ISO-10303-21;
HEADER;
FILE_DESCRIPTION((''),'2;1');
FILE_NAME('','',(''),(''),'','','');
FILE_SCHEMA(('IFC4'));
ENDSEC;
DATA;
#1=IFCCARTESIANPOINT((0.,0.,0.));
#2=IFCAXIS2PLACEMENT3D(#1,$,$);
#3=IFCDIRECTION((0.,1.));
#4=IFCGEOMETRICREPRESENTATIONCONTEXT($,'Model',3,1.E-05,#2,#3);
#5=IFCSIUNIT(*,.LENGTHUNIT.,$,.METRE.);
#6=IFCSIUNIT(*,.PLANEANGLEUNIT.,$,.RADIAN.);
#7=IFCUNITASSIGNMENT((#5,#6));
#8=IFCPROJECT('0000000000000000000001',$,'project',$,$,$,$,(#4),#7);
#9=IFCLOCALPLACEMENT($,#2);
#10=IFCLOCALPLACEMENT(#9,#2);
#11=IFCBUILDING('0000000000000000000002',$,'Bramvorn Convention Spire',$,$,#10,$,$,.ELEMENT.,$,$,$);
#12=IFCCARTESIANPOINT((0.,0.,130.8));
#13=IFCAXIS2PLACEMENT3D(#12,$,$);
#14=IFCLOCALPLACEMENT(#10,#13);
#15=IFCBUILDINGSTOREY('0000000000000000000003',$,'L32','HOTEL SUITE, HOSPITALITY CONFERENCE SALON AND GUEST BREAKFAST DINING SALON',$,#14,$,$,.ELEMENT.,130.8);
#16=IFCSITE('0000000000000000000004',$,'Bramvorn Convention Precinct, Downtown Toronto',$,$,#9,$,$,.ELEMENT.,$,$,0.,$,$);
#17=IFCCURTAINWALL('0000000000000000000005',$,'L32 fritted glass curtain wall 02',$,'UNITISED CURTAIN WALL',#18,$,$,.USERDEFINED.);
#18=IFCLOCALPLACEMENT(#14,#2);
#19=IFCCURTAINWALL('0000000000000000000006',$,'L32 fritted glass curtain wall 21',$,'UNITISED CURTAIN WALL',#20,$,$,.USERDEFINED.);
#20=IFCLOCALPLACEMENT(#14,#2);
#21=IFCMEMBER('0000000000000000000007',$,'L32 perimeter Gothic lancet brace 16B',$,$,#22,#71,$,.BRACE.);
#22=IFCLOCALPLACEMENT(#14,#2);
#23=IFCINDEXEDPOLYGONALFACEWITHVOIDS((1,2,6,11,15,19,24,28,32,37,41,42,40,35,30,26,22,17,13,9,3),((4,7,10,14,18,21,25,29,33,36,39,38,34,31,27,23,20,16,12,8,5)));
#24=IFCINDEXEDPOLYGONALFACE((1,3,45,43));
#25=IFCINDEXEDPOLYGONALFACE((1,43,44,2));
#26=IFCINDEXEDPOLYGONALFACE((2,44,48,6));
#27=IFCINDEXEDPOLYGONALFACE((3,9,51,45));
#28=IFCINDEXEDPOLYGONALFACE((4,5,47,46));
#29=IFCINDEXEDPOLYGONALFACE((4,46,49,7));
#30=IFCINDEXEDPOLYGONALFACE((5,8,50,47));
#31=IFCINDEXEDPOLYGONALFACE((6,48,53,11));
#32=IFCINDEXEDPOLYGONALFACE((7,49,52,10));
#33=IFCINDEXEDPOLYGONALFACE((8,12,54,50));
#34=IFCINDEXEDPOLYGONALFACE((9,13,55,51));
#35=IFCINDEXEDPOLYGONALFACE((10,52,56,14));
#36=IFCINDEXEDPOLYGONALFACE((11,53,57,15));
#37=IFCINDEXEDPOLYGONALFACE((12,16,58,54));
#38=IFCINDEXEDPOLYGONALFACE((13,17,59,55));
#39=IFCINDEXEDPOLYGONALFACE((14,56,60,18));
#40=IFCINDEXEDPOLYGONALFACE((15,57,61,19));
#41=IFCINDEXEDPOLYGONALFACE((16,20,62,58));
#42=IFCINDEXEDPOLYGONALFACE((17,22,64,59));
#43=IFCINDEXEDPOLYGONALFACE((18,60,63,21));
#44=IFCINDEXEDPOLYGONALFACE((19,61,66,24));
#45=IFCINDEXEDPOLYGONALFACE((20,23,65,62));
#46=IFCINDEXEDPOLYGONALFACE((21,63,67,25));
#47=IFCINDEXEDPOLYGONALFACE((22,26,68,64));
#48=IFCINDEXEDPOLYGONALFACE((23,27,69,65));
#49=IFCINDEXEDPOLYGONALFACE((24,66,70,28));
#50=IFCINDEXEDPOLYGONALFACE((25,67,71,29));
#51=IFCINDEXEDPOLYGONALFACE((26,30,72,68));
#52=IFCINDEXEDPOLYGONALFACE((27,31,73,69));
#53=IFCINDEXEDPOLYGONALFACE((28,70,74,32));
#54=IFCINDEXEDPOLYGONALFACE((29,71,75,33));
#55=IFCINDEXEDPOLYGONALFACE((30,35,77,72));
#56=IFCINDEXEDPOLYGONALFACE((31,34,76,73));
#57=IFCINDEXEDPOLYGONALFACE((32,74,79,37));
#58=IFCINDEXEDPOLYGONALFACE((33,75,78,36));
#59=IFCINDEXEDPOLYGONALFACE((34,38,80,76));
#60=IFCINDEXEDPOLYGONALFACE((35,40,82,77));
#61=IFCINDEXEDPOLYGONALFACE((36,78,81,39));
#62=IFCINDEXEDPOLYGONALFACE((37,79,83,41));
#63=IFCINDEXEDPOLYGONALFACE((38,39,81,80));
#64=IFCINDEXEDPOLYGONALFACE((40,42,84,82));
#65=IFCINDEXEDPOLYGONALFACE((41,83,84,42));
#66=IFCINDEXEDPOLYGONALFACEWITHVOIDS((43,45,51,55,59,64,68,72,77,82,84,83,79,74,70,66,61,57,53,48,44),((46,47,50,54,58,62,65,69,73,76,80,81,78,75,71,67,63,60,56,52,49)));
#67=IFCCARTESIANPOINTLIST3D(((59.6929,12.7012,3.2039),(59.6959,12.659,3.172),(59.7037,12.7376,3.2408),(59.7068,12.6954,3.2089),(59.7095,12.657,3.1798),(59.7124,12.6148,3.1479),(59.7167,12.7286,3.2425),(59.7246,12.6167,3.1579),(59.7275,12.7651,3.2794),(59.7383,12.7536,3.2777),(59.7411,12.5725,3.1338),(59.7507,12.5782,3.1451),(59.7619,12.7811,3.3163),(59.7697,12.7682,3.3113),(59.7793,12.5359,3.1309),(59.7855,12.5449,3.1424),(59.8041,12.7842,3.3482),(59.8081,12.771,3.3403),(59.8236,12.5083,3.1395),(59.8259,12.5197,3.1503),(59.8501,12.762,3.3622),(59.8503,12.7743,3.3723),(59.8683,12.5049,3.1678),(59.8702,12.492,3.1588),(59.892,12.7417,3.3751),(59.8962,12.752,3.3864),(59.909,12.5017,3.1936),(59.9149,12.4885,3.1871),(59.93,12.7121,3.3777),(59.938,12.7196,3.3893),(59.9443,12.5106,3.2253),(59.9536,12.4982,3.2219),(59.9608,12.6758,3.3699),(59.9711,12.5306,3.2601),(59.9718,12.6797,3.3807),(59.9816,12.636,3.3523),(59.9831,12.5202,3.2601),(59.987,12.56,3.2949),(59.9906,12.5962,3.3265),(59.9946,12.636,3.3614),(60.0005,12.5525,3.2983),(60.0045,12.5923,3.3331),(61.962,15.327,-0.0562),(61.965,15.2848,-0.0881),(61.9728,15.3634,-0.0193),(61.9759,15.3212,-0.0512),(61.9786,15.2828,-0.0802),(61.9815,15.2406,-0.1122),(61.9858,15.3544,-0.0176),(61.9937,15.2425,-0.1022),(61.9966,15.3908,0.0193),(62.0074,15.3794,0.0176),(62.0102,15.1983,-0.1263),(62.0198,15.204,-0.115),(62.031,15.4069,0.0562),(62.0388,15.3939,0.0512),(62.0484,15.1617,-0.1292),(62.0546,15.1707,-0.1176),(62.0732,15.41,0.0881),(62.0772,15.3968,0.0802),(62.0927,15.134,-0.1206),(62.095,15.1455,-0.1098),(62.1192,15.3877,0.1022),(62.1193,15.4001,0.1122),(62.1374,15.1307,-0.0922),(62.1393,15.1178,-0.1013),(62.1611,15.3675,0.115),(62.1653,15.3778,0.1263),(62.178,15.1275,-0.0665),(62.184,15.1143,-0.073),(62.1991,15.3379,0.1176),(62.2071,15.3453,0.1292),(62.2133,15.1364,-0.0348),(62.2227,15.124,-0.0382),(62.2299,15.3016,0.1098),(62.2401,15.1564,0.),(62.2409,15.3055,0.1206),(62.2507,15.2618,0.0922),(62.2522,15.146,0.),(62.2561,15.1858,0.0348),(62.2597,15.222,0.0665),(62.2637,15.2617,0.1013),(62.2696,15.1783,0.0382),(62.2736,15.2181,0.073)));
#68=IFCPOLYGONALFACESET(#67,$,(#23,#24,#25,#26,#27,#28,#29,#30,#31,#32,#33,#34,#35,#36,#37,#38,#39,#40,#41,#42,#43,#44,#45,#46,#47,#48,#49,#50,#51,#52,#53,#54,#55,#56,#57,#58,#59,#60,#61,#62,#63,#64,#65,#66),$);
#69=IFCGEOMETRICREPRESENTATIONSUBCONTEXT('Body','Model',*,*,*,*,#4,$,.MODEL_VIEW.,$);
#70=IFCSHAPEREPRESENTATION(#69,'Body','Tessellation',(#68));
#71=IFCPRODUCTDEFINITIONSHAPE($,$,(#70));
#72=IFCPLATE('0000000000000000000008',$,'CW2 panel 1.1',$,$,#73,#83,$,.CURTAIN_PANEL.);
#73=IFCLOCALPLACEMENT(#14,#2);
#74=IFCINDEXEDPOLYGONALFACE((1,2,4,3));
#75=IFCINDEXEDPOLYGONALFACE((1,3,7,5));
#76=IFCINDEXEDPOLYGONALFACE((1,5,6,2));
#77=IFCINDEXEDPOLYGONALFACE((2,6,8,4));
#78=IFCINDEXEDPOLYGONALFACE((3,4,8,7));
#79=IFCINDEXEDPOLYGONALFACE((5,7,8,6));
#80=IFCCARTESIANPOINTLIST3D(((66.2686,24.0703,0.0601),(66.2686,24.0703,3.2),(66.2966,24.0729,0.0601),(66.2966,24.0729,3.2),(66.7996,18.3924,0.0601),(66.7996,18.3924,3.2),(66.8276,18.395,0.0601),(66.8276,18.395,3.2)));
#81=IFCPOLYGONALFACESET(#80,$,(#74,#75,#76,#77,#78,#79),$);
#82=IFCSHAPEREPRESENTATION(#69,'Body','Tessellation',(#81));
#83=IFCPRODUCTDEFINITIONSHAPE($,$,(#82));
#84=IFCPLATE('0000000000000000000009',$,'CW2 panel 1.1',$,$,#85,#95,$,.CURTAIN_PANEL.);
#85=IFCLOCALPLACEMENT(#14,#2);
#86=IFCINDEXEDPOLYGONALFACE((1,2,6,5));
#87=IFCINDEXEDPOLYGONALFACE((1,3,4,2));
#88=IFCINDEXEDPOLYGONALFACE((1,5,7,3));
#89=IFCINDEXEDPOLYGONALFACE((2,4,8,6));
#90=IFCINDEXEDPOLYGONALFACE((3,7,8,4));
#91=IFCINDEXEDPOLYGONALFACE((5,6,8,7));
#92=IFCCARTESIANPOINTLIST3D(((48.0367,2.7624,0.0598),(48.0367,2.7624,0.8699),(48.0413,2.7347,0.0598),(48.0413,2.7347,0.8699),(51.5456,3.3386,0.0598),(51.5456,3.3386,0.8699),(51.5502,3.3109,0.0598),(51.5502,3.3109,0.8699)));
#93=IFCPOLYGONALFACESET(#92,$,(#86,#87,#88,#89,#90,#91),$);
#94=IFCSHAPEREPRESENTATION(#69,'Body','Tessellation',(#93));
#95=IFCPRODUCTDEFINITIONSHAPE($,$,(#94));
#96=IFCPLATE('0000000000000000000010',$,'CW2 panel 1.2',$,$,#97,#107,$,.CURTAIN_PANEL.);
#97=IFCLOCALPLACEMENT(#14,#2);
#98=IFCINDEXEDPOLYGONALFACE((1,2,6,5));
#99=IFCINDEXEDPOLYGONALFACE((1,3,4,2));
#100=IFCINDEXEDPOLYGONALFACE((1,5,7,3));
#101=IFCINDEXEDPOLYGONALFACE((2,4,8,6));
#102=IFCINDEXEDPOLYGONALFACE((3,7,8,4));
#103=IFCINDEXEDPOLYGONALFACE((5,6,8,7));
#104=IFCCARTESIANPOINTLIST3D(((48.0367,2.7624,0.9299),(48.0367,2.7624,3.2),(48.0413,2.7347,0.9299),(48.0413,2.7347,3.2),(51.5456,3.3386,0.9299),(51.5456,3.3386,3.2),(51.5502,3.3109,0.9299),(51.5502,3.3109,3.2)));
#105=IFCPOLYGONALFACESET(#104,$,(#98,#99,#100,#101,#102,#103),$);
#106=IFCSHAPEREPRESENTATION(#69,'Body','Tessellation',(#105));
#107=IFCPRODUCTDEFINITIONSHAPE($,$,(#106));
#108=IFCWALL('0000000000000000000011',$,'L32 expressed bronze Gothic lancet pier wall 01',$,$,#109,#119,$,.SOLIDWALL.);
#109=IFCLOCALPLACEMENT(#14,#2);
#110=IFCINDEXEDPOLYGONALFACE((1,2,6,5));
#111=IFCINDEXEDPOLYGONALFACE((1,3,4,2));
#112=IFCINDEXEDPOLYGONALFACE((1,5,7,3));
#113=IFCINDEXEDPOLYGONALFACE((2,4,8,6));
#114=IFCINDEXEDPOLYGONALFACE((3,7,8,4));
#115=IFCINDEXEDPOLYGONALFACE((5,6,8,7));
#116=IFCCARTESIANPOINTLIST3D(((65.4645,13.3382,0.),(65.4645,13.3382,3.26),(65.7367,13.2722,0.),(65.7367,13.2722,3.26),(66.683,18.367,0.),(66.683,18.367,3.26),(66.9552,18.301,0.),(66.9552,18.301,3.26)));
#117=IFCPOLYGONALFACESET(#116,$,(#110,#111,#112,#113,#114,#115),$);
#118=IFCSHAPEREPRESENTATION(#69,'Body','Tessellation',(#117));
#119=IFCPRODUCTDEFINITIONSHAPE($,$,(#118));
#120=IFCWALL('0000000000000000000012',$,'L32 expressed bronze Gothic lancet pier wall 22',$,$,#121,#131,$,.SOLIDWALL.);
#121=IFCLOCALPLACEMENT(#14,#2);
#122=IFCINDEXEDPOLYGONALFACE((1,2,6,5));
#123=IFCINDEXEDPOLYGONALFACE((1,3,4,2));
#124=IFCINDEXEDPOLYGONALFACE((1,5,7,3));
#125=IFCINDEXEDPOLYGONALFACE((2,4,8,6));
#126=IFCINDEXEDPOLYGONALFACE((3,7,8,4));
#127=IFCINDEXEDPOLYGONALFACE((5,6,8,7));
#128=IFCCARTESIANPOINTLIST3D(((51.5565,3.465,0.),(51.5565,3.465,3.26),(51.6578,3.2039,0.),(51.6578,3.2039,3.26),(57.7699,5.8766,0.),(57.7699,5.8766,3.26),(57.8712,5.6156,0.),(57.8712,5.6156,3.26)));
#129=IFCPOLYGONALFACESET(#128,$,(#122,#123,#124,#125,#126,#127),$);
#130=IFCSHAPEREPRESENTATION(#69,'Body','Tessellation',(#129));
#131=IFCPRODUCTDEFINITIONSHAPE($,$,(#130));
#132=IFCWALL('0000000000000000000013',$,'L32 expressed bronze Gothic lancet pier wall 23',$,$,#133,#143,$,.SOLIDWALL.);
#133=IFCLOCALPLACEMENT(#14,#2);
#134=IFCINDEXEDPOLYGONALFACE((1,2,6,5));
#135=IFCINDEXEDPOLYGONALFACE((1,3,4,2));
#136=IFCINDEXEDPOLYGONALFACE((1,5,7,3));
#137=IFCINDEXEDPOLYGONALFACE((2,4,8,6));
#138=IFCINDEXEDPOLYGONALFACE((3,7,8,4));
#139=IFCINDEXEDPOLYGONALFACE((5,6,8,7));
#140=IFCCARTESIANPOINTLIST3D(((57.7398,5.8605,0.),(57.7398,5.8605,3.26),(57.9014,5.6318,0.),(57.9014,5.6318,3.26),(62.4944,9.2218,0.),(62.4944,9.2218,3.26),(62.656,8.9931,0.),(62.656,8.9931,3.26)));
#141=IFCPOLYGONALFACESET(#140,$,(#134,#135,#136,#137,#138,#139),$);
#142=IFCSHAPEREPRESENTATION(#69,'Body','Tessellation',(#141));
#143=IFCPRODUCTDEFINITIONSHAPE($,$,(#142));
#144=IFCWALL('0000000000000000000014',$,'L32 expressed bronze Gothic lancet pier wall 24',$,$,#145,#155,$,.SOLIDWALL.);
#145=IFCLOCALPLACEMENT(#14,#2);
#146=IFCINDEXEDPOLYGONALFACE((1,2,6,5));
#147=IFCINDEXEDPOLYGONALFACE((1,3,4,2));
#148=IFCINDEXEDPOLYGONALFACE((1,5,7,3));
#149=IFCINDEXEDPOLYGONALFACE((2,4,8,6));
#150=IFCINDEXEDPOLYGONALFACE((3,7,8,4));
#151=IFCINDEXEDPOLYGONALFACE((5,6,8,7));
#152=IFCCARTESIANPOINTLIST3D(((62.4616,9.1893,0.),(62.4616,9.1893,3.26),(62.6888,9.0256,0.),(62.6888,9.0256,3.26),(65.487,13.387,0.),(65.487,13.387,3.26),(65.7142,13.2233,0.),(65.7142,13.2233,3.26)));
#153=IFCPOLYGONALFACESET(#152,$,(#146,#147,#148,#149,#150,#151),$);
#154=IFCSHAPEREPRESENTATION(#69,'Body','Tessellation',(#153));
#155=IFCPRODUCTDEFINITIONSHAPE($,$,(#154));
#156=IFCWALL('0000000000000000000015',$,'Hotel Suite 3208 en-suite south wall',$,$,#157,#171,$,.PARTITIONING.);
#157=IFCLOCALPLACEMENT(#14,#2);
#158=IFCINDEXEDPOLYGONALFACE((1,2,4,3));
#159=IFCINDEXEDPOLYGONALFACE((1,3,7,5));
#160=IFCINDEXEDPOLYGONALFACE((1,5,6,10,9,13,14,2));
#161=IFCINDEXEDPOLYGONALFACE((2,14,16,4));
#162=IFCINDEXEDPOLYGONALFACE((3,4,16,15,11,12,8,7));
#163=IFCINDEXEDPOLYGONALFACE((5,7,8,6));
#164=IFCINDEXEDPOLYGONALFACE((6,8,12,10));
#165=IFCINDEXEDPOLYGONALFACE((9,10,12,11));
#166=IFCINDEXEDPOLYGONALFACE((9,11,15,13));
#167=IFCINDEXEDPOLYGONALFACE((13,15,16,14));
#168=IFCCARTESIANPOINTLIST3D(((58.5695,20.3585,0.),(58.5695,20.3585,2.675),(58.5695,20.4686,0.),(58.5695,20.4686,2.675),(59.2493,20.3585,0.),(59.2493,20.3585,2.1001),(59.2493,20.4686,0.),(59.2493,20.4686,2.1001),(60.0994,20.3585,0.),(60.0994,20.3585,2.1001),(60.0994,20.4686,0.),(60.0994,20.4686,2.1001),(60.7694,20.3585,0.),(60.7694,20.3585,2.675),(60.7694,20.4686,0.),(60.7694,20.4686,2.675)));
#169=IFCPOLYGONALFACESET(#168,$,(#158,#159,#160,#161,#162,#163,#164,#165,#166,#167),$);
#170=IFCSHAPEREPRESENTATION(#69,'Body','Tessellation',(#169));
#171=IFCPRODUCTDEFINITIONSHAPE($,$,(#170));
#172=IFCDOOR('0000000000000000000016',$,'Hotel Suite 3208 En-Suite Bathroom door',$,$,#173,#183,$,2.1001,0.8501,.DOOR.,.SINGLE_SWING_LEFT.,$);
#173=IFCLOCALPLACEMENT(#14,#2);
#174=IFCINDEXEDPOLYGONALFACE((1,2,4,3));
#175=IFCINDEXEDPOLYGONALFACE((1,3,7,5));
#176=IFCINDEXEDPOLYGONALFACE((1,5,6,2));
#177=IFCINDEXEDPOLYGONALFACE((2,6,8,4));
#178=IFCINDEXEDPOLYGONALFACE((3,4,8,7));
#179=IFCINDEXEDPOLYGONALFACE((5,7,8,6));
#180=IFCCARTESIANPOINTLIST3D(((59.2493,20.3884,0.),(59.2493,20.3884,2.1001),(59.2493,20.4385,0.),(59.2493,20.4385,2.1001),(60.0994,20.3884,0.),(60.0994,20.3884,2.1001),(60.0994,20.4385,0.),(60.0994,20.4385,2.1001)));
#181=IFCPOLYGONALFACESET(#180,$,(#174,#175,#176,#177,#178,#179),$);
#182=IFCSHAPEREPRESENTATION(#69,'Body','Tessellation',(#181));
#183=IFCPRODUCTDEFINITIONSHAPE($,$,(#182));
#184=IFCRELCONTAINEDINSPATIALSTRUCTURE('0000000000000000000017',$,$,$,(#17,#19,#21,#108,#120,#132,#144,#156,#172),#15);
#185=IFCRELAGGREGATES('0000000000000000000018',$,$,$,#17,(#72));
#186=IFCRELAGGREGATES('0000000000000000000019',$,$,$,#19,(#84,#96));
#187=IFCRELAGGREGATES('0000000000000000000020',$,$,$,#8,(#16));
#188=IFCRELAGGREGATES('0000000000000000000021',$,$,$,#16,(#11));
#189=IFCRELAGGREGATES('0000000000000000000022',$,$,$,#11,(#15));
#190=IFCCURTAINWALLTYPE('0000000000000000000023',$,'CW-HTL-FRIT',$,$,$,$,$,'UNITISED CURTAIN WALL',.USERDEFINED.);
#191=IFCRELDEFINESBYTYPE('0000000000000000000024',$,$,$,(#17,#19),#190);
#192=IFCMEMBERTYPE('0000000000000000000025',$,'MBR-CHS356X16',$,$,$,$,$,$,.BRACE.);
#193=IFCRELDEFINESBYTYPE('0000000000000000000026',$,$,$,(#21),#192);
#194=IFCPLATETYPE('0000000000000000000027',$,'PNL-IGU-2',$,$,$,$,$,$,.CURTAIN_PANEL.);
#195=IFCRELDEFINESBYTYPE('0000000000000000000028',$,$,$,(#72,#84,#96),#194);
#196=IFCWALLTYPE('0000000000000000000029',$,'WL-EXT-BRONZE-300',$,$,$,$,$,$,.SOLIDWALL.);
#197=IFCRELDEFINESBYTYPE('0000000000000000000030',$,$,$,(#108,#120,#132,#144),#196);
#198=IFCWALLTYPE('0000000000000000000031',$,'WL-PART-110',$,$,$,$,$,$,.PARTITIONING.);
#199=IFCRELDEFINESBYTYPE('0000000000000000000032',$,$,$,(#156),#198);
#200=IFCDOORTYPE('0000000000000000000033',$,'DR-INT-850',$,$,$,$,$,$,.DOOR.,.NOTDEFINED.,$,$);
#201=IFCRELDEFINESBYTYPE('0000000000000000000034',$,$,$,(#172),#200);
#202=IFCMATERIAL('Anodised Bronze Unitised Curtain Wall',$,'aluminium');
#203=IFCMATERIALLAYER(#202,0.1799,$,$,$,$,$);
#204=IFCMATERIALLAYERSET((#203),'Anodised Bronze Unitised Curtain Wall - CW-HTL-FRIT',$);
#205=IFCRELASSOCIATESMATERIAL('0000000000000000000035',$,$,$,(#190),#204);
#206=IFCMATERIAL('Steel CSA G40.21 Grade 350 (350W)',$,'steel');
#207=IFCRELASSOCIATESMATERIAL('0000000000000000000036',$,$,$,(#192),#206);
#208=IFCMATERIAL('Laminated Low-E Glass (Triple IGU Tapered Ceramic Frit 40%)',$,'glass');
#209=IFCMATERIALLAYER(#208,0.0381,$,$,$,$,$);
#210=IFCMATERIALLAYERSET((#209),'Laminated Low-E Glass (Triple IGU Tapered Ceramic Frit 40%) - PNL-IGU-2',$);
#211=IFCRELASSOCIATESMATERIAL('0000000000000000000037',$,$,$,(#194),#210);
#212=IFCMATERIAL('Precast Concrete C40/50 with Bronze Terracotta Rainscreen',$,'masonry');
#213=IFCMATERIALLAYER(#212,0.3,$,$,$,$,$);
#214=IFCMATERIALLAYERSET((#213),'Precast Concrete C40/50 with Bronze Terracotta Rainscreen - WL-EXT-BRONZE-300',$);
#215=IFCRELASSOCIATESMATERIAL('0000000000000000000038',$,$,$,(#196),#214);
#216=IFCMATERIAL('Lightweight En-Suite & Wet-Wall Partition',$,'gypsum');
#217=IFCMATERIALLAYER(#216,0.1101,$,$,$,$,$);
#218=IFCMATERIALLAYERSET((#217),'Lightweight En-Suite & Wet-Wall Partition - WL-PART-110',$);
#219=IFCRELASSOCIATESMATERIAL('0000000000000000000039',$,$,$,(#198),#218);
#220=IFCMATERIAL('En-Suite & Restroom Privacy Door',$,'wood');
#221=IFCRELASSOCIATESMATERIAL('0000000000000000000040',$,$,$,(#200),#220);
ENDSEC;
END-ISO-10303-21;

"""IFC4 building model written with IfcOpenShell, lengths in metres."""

from ifc_helpers import new_model, si_unit, direction, frame, frame_2d, origin, origin_2d, place, context, subcontext, project, spatial, rectangle, hollow_circle, extrude, material, layer, layer_set, material_profile, profile_set, type_object, element, fill, aggregate, save


model = new_model("IFC4")

# Units and contexts
model_context = context("Model", 3, precision=1e-05, world=origin(), true_north=direction((0.0, 1.0)))
body_context = subcontext(model_context, "Body", "Model", "MODEL_VIEW")
ifc_project = project(units=[si_unit("LENGTHUNIT", "METRE"), si_unit("PLANEANGLEUNIT", "RADIAN")], contexts=[model_context])

# Site, building, storey
site_placement = place(None, origin())
site = spatial("IfcSite", under=ifc_project, at=site_placement, Name="Bramvorn Convention Precinct, Downtown Toronto", CompositionType="ELEMENT", RefElevation=0.0)
building_placement = place(site_placement, origin())
building = spatial("IfcBuilding", under=site, at=building_placement, Name="Bramvorn Convention Spire", CompositionType="ELEMENT")
storey_placement = place(building_placement, frame((0.0, 0.0, 130.8)))
storey = spatial("IfcBuildingStorey", under=building, at=storey_placement, Name="L32", Description="HOTEL SUITE, HOSPITALITY CONFERENCE SALON AND GUEST BREAKFAST DINING SALON", CompositionType="ELEMENT", Elevation=130.8)

# Shared definitions
ifc_material_1 = material(Name="Steel CSA G40.21 Grade 350 (350W)", Category="steel")

# Curtain wall
ifc_material_2 = material(Name="Anodised Bronze Unitised Curtain Wall", Category="aluminium")
ifc_layer_1 = layer(ifc_material_2, 0.1799)
ifc_layer_set_1 = layer_set([ifc_layer_1], Name="Anodised Bronze Unitised Curtain Wall - CW-HTL-FRIT")
curtain_wall_type = type_object("IfcCurtainWallType", Name="CW-HTL-FRIT", ElementType="UNITISED CURTAIN WALL", PredefinedType="USERDEFINED", material=ifc_layer_set_1)
curtain_wall_1_placement = place(storey_placement, origin())
curtain_wall_1 = element("IfcCurtainWall", 1, at=curtain_wall_1_placement, inside=storey, type_object=curtain_wall_type, Name="L32 fritted glass curtain wall 02", ObjectType="UNITISED CURTAIN WALL", PredefinedType="USERDEFINED")

# Curtain wall
curtain_wall_2_placement = place(storey_placement, origin())
curtain_wall_2 = element("IfcCurtainWall", 2, at=curtain_wall_2_placement, inside=storey, type_object=curtain_wall_type, Name="L32 fritted glass curtain wall 21", ObjectType="UNITISED CURTAIN WALL", PredefinedType="USERDEFINED")

# Member
ifc_material_profile_1 = material_profile(ifc_material_1, hollow_circle(Radius=0.1777, WallThickness=0.0159, at=origin_2d()))
ifc_profile_set_1 = profile_set([ifc_material_profile_1], Name="Steel CSA G40.21 Grade 350 (350W) - CHS356X16")
member_type_1 = type_object("IfcMemberType", Name="MBR-CHS356X16", PredefinedType="BRACE", material=ifc_profile_set_1)
member_1_placement = place(storey_placement, frame((62.1177, 15.2622, 0.0), z_axis=(-0.476552, -0.551465, 0.684678), x_axis=(0.756628, -0.653845, 0.0)))
element("IfcMember", 3, at=member_1_placement, inside=storey, type_object=member_type_1, Name="L32 perimeter Gothic lancet brace 16B", PredefinedType="BRACE", context=body_context, shape_type="SweptSolid", body=[
    extrude(hollow_circle(Radius=0.1777, WallThickness=0.0159, at=origin_2d()), origin(), (0.0, 0.0, 1.0), 4.7615),
])

# Plates
ifc_material_3 = material(Name="Laminated Low-E Glass (Triple IGU Tapered Ceramic Frit 40%)", Category="glass")
ifc_layer_2 = layer(ifc_material_3, 0.0381)
ifc_layer_set_2 = layer_set([ifc_layer_2], Name="Laminated Low-E Glass (Triple IGU Tapered Ceramic Frit 40%) - PNL-IGU-2")
plate_type = type_object("IfcPlateType", Name="PNL-IGU-2", PredefinedType="CURTAIN_PANEL", material=ifc_layer_set_2)
plate_1_placement = place(storey_placement, frame((66.5481, 21.2327, 0.0601), z_axis=(0.0, 0.0, 1.0), x_axis=(0.093118, -0.995655, 0.0)))
plate_1 = element("IfcPlate", 4, at=plate_1_placement, type_object=plate_type, Name="CW2 panel 1.1", PredefinedType="CURTAIN_PANEL", context=body_context, shape_type="SweptSolid", body=[
    extrude(rectangle(XDim=5.7026, YDim=0.0281, at=origin_2d()), origin(), (0.0, 0.0, 1.0), 3.1399),
])
aggregate(curtain_wall_1, [plate_1])
plate_2_placement = place(storey_placement, frame((49.7935, 3.0366, 0.0598), z_axis=(0.0, 0.0, 1.0), x_axis=(-0.986784, -0.162043, 0.0)))
plate_2 = element("IfcPlate", 5, at=plate_2_placement, type_object=plate_type, Name="CW2 panel 1.1", PredefinedType="CURTAIN_PANEL", context=body_context, shape_type="SweptSolid", body=[
    extrude(rectangle(XDim=3.5559, YDim=0.0281, at=origin_2d()), origin(), (0.0, 0.0, 1.0), 0.8101),
])
plate_3_placement = place(storey_placement, frame((49.7935, 3.0366, 0.9299), z_axis=(0.0, 0.0, 1.0), x_axis=(-0.986784, -0.162043, 0.0)))
plate_3 = element("IfcPlate", 6, at=plate_3_placement, type_object=plate_type, Name="CW2 panel 1.2", PredefinedType="CURTAIN_PANEL", context=body_context, shape_type="SweptSolid", body=[
    extrude(rectangle(XDim=3.5559, YDim=0.0281, at=origin_2d()), origin(), (0.0, 0.0, 1.0), 2.27),
])
aggregate(curtain_wall_2, [plate_2, plate_3])

# Walls
ifc_material_4 = material(Name="Precast Concrete C40/50 with Bronze Terracotta Rainscreen", Category="masonry")
ifc_layer_3 = layer(ifc_material_4, 0.3)
ifc_layer_set_3 = layer_set([ifc_layer_3], Name="Precast Concrete C40/50 with Bronze Terracotta Rainscreen - WL-EXT-BRONZE-300")
wall_type_1 = type_object("IfcWallType", Name="WL-EXT-BRONZE-300", PredefinedType="SOLIDWALL", material=ifc_layer_set_3)
wall_1_placement = place(storey_placement, frame((66.8191, 18.334, 0.0), z_axis=(0.0, 0.0, 1.0), x_axis=(-0.235491, -0.971877, 0.0)))
element("IfcWall", 7, at=wall_1_placement, inside=storey, type_object=wall_type_1, Name="L32 expressed bronze Gothic lancet pier wall 01", PredefinedType="SOLIDWALL", context=body_context, shape_type="SweptSolid", body=[
    extrude(rectangle(XDim=5.1743, YDim=0.28, at=frame_2d((2.5872, 0.0))), origin(), (0.0, 0.0, 1.0), 3.26),
])
wall_2_placement = place(storey_placement, frame((57.8206, 5.7461, 0.0), z_axis=(0.0, 0.0, 1.0), x_axis=(-0.932242, -0.361835, 0.0)))
element("IfcWall", 8, at=wall_2_placement, inside=storey, type_object=wall_type_1, Name="L32 expressed bronze Gothic lancet pier wall 22", PredefinedType="SOLIDWALL", context=body_context, shape_type="SweptSolid", body=[
    extrude(rectangle(XDim=6.665, YDim=0.28, at=frame_2d((3.3325, 0.0))), origin(), (0.0, 0.0, 1.0), 3.26),
])
wall_3_placement = place(storey_placement, frame((62.5752, 9.1074, 0.0), z_axis=(0.0, 0.0, 1.0), x_axis=(-0.816554, -0.577269, 0.0)))
element("IfcWall", 9, at=wall_3_placement, inside=storey, type_object=wall_type_1, Name="L32 expressed bronze Gothic lancet pier wall 23", PredefinedType="SOLIDWALL", context=body_context, shape_type="SweptSolid", body=[
    extrude(rectangle(XDim=5.8228, YDim=0.28, at=frame_2d((2.9114, 0.0))), origin(), (0.0, 0.0, 1.0), 3.26),
])
wall_4_placement = place(storey_placement, frame((65.6006, 13.3052, 0.0), z_axis=(0.0, 0.0, 1.0), x_axis=(-0.584687, -0.811259, 0.0)))
element("IfcWall", 10, at=wall_4_placement, inside=storey, type_object=wall_type_1, Name="L32 expressed bronze Gothic lancet pier wall 24", PredefinedType="SOLIDWALL", context=body_context, shape_type="SweptSolid", body=[
    extrude(rectangle(XDim=5.1743, YDim=0.28, at=frame_2d((2.5872, 0.0))), origin(), (0.0, 0.0, 1.0), 3.26),
])

# Wall, opening, door
ifc_material_5 = material(Name="Lightweight En-Suite & Wet-Wall Partition", Category="gypsum")
ifc_layer_4 = layer(ifc_material_5, 0.1101)
ifc_layer_set_4 = layer_set([ifc_layer_4], Name="Lightweight En-Suite & Wet-Wall Partition - WL-PART-110")
wall_type_2 = type_object("IfcWallType", Name="WL-PART-110", PredefinedType="PARTITIONING", material=ifc_layer_set_4)
wall_5_placement = place(storey_placement, frame((58.5693, 20.4136, 0.0), z_axis=(0.0, 0.0, 1.0), x_axis=(1.0, 0.0, 0.0)))
wall_5 = element("IfcWall", 11, at=wall_5_placement, inside=storey, type_object=wall_type_2, Name="Hotel Suite 3208 en-suite south wall", PredefinedType="PARTITIONING", context=body_context, shape_type="SweptSolid", body=[
    extrude(rectangle(XDim=2.2, YDim=0.1101, at=frame_2d((1.1001, 0.0))), origin(), (0.0, 0.0, 1.0), 2.675),
])
opening_placement = place(wall_5_placement, frame((0.6799, 0.0, 0.0)))
opening = element("IfcOpeningElement", 12, at=opening_placement, cuts=wall_5, PredefinedType="OPENING", context=body_context, shape_type="SweptSolid", body=[
    extrude(rectangle(XDim=0.8501, YDim=2.1001, at=frame_2d((0.425, 1.05))), frame((0.0, 0.0649, 0.0), z_axis=(0.0, -1.0, 0.0), x_axis=(1.0, 0.0, 0.0)), (0.0, 0.0, 1.0), 0.1301),
])
ifc_material_6 = material(Name="En-Suite & Restroom Privacy Door", Category="wood")
door_type = type_object("IfcDoorType", Name="DR-INT-850", OperationType="NOTDEFINED", PredefinedType="DOOR", material=ifc_material_6)
door_placement = place(opening_placement, origin())
door = element("IfcDoor", 13, at=door_placement, inside=storey, type_object=door_type, Name="Hotel Suite 3208 En-Suite Bathroom door", OperationType="SINGLE_SWING_LEFT", OverallHeight=2.1001, OverallWidth=0.8501, PredefinedType="DOOR", context=body_context, shape_type="SweptSolid", body=[
    extrude(rectangle(XDim=0.8501, YDim=2.1001, at=frame_2d((0.425, 1.05))), frame((0.0, 0.0249, 0.0), z_axis=(0.0, -1.0, 0.0), x_axis=(1.0, 0.0, 0.0)), (0.0, 0.0, 1.0), 0.05),
])
fill(opening, door)

save(model, "model.ifc")
